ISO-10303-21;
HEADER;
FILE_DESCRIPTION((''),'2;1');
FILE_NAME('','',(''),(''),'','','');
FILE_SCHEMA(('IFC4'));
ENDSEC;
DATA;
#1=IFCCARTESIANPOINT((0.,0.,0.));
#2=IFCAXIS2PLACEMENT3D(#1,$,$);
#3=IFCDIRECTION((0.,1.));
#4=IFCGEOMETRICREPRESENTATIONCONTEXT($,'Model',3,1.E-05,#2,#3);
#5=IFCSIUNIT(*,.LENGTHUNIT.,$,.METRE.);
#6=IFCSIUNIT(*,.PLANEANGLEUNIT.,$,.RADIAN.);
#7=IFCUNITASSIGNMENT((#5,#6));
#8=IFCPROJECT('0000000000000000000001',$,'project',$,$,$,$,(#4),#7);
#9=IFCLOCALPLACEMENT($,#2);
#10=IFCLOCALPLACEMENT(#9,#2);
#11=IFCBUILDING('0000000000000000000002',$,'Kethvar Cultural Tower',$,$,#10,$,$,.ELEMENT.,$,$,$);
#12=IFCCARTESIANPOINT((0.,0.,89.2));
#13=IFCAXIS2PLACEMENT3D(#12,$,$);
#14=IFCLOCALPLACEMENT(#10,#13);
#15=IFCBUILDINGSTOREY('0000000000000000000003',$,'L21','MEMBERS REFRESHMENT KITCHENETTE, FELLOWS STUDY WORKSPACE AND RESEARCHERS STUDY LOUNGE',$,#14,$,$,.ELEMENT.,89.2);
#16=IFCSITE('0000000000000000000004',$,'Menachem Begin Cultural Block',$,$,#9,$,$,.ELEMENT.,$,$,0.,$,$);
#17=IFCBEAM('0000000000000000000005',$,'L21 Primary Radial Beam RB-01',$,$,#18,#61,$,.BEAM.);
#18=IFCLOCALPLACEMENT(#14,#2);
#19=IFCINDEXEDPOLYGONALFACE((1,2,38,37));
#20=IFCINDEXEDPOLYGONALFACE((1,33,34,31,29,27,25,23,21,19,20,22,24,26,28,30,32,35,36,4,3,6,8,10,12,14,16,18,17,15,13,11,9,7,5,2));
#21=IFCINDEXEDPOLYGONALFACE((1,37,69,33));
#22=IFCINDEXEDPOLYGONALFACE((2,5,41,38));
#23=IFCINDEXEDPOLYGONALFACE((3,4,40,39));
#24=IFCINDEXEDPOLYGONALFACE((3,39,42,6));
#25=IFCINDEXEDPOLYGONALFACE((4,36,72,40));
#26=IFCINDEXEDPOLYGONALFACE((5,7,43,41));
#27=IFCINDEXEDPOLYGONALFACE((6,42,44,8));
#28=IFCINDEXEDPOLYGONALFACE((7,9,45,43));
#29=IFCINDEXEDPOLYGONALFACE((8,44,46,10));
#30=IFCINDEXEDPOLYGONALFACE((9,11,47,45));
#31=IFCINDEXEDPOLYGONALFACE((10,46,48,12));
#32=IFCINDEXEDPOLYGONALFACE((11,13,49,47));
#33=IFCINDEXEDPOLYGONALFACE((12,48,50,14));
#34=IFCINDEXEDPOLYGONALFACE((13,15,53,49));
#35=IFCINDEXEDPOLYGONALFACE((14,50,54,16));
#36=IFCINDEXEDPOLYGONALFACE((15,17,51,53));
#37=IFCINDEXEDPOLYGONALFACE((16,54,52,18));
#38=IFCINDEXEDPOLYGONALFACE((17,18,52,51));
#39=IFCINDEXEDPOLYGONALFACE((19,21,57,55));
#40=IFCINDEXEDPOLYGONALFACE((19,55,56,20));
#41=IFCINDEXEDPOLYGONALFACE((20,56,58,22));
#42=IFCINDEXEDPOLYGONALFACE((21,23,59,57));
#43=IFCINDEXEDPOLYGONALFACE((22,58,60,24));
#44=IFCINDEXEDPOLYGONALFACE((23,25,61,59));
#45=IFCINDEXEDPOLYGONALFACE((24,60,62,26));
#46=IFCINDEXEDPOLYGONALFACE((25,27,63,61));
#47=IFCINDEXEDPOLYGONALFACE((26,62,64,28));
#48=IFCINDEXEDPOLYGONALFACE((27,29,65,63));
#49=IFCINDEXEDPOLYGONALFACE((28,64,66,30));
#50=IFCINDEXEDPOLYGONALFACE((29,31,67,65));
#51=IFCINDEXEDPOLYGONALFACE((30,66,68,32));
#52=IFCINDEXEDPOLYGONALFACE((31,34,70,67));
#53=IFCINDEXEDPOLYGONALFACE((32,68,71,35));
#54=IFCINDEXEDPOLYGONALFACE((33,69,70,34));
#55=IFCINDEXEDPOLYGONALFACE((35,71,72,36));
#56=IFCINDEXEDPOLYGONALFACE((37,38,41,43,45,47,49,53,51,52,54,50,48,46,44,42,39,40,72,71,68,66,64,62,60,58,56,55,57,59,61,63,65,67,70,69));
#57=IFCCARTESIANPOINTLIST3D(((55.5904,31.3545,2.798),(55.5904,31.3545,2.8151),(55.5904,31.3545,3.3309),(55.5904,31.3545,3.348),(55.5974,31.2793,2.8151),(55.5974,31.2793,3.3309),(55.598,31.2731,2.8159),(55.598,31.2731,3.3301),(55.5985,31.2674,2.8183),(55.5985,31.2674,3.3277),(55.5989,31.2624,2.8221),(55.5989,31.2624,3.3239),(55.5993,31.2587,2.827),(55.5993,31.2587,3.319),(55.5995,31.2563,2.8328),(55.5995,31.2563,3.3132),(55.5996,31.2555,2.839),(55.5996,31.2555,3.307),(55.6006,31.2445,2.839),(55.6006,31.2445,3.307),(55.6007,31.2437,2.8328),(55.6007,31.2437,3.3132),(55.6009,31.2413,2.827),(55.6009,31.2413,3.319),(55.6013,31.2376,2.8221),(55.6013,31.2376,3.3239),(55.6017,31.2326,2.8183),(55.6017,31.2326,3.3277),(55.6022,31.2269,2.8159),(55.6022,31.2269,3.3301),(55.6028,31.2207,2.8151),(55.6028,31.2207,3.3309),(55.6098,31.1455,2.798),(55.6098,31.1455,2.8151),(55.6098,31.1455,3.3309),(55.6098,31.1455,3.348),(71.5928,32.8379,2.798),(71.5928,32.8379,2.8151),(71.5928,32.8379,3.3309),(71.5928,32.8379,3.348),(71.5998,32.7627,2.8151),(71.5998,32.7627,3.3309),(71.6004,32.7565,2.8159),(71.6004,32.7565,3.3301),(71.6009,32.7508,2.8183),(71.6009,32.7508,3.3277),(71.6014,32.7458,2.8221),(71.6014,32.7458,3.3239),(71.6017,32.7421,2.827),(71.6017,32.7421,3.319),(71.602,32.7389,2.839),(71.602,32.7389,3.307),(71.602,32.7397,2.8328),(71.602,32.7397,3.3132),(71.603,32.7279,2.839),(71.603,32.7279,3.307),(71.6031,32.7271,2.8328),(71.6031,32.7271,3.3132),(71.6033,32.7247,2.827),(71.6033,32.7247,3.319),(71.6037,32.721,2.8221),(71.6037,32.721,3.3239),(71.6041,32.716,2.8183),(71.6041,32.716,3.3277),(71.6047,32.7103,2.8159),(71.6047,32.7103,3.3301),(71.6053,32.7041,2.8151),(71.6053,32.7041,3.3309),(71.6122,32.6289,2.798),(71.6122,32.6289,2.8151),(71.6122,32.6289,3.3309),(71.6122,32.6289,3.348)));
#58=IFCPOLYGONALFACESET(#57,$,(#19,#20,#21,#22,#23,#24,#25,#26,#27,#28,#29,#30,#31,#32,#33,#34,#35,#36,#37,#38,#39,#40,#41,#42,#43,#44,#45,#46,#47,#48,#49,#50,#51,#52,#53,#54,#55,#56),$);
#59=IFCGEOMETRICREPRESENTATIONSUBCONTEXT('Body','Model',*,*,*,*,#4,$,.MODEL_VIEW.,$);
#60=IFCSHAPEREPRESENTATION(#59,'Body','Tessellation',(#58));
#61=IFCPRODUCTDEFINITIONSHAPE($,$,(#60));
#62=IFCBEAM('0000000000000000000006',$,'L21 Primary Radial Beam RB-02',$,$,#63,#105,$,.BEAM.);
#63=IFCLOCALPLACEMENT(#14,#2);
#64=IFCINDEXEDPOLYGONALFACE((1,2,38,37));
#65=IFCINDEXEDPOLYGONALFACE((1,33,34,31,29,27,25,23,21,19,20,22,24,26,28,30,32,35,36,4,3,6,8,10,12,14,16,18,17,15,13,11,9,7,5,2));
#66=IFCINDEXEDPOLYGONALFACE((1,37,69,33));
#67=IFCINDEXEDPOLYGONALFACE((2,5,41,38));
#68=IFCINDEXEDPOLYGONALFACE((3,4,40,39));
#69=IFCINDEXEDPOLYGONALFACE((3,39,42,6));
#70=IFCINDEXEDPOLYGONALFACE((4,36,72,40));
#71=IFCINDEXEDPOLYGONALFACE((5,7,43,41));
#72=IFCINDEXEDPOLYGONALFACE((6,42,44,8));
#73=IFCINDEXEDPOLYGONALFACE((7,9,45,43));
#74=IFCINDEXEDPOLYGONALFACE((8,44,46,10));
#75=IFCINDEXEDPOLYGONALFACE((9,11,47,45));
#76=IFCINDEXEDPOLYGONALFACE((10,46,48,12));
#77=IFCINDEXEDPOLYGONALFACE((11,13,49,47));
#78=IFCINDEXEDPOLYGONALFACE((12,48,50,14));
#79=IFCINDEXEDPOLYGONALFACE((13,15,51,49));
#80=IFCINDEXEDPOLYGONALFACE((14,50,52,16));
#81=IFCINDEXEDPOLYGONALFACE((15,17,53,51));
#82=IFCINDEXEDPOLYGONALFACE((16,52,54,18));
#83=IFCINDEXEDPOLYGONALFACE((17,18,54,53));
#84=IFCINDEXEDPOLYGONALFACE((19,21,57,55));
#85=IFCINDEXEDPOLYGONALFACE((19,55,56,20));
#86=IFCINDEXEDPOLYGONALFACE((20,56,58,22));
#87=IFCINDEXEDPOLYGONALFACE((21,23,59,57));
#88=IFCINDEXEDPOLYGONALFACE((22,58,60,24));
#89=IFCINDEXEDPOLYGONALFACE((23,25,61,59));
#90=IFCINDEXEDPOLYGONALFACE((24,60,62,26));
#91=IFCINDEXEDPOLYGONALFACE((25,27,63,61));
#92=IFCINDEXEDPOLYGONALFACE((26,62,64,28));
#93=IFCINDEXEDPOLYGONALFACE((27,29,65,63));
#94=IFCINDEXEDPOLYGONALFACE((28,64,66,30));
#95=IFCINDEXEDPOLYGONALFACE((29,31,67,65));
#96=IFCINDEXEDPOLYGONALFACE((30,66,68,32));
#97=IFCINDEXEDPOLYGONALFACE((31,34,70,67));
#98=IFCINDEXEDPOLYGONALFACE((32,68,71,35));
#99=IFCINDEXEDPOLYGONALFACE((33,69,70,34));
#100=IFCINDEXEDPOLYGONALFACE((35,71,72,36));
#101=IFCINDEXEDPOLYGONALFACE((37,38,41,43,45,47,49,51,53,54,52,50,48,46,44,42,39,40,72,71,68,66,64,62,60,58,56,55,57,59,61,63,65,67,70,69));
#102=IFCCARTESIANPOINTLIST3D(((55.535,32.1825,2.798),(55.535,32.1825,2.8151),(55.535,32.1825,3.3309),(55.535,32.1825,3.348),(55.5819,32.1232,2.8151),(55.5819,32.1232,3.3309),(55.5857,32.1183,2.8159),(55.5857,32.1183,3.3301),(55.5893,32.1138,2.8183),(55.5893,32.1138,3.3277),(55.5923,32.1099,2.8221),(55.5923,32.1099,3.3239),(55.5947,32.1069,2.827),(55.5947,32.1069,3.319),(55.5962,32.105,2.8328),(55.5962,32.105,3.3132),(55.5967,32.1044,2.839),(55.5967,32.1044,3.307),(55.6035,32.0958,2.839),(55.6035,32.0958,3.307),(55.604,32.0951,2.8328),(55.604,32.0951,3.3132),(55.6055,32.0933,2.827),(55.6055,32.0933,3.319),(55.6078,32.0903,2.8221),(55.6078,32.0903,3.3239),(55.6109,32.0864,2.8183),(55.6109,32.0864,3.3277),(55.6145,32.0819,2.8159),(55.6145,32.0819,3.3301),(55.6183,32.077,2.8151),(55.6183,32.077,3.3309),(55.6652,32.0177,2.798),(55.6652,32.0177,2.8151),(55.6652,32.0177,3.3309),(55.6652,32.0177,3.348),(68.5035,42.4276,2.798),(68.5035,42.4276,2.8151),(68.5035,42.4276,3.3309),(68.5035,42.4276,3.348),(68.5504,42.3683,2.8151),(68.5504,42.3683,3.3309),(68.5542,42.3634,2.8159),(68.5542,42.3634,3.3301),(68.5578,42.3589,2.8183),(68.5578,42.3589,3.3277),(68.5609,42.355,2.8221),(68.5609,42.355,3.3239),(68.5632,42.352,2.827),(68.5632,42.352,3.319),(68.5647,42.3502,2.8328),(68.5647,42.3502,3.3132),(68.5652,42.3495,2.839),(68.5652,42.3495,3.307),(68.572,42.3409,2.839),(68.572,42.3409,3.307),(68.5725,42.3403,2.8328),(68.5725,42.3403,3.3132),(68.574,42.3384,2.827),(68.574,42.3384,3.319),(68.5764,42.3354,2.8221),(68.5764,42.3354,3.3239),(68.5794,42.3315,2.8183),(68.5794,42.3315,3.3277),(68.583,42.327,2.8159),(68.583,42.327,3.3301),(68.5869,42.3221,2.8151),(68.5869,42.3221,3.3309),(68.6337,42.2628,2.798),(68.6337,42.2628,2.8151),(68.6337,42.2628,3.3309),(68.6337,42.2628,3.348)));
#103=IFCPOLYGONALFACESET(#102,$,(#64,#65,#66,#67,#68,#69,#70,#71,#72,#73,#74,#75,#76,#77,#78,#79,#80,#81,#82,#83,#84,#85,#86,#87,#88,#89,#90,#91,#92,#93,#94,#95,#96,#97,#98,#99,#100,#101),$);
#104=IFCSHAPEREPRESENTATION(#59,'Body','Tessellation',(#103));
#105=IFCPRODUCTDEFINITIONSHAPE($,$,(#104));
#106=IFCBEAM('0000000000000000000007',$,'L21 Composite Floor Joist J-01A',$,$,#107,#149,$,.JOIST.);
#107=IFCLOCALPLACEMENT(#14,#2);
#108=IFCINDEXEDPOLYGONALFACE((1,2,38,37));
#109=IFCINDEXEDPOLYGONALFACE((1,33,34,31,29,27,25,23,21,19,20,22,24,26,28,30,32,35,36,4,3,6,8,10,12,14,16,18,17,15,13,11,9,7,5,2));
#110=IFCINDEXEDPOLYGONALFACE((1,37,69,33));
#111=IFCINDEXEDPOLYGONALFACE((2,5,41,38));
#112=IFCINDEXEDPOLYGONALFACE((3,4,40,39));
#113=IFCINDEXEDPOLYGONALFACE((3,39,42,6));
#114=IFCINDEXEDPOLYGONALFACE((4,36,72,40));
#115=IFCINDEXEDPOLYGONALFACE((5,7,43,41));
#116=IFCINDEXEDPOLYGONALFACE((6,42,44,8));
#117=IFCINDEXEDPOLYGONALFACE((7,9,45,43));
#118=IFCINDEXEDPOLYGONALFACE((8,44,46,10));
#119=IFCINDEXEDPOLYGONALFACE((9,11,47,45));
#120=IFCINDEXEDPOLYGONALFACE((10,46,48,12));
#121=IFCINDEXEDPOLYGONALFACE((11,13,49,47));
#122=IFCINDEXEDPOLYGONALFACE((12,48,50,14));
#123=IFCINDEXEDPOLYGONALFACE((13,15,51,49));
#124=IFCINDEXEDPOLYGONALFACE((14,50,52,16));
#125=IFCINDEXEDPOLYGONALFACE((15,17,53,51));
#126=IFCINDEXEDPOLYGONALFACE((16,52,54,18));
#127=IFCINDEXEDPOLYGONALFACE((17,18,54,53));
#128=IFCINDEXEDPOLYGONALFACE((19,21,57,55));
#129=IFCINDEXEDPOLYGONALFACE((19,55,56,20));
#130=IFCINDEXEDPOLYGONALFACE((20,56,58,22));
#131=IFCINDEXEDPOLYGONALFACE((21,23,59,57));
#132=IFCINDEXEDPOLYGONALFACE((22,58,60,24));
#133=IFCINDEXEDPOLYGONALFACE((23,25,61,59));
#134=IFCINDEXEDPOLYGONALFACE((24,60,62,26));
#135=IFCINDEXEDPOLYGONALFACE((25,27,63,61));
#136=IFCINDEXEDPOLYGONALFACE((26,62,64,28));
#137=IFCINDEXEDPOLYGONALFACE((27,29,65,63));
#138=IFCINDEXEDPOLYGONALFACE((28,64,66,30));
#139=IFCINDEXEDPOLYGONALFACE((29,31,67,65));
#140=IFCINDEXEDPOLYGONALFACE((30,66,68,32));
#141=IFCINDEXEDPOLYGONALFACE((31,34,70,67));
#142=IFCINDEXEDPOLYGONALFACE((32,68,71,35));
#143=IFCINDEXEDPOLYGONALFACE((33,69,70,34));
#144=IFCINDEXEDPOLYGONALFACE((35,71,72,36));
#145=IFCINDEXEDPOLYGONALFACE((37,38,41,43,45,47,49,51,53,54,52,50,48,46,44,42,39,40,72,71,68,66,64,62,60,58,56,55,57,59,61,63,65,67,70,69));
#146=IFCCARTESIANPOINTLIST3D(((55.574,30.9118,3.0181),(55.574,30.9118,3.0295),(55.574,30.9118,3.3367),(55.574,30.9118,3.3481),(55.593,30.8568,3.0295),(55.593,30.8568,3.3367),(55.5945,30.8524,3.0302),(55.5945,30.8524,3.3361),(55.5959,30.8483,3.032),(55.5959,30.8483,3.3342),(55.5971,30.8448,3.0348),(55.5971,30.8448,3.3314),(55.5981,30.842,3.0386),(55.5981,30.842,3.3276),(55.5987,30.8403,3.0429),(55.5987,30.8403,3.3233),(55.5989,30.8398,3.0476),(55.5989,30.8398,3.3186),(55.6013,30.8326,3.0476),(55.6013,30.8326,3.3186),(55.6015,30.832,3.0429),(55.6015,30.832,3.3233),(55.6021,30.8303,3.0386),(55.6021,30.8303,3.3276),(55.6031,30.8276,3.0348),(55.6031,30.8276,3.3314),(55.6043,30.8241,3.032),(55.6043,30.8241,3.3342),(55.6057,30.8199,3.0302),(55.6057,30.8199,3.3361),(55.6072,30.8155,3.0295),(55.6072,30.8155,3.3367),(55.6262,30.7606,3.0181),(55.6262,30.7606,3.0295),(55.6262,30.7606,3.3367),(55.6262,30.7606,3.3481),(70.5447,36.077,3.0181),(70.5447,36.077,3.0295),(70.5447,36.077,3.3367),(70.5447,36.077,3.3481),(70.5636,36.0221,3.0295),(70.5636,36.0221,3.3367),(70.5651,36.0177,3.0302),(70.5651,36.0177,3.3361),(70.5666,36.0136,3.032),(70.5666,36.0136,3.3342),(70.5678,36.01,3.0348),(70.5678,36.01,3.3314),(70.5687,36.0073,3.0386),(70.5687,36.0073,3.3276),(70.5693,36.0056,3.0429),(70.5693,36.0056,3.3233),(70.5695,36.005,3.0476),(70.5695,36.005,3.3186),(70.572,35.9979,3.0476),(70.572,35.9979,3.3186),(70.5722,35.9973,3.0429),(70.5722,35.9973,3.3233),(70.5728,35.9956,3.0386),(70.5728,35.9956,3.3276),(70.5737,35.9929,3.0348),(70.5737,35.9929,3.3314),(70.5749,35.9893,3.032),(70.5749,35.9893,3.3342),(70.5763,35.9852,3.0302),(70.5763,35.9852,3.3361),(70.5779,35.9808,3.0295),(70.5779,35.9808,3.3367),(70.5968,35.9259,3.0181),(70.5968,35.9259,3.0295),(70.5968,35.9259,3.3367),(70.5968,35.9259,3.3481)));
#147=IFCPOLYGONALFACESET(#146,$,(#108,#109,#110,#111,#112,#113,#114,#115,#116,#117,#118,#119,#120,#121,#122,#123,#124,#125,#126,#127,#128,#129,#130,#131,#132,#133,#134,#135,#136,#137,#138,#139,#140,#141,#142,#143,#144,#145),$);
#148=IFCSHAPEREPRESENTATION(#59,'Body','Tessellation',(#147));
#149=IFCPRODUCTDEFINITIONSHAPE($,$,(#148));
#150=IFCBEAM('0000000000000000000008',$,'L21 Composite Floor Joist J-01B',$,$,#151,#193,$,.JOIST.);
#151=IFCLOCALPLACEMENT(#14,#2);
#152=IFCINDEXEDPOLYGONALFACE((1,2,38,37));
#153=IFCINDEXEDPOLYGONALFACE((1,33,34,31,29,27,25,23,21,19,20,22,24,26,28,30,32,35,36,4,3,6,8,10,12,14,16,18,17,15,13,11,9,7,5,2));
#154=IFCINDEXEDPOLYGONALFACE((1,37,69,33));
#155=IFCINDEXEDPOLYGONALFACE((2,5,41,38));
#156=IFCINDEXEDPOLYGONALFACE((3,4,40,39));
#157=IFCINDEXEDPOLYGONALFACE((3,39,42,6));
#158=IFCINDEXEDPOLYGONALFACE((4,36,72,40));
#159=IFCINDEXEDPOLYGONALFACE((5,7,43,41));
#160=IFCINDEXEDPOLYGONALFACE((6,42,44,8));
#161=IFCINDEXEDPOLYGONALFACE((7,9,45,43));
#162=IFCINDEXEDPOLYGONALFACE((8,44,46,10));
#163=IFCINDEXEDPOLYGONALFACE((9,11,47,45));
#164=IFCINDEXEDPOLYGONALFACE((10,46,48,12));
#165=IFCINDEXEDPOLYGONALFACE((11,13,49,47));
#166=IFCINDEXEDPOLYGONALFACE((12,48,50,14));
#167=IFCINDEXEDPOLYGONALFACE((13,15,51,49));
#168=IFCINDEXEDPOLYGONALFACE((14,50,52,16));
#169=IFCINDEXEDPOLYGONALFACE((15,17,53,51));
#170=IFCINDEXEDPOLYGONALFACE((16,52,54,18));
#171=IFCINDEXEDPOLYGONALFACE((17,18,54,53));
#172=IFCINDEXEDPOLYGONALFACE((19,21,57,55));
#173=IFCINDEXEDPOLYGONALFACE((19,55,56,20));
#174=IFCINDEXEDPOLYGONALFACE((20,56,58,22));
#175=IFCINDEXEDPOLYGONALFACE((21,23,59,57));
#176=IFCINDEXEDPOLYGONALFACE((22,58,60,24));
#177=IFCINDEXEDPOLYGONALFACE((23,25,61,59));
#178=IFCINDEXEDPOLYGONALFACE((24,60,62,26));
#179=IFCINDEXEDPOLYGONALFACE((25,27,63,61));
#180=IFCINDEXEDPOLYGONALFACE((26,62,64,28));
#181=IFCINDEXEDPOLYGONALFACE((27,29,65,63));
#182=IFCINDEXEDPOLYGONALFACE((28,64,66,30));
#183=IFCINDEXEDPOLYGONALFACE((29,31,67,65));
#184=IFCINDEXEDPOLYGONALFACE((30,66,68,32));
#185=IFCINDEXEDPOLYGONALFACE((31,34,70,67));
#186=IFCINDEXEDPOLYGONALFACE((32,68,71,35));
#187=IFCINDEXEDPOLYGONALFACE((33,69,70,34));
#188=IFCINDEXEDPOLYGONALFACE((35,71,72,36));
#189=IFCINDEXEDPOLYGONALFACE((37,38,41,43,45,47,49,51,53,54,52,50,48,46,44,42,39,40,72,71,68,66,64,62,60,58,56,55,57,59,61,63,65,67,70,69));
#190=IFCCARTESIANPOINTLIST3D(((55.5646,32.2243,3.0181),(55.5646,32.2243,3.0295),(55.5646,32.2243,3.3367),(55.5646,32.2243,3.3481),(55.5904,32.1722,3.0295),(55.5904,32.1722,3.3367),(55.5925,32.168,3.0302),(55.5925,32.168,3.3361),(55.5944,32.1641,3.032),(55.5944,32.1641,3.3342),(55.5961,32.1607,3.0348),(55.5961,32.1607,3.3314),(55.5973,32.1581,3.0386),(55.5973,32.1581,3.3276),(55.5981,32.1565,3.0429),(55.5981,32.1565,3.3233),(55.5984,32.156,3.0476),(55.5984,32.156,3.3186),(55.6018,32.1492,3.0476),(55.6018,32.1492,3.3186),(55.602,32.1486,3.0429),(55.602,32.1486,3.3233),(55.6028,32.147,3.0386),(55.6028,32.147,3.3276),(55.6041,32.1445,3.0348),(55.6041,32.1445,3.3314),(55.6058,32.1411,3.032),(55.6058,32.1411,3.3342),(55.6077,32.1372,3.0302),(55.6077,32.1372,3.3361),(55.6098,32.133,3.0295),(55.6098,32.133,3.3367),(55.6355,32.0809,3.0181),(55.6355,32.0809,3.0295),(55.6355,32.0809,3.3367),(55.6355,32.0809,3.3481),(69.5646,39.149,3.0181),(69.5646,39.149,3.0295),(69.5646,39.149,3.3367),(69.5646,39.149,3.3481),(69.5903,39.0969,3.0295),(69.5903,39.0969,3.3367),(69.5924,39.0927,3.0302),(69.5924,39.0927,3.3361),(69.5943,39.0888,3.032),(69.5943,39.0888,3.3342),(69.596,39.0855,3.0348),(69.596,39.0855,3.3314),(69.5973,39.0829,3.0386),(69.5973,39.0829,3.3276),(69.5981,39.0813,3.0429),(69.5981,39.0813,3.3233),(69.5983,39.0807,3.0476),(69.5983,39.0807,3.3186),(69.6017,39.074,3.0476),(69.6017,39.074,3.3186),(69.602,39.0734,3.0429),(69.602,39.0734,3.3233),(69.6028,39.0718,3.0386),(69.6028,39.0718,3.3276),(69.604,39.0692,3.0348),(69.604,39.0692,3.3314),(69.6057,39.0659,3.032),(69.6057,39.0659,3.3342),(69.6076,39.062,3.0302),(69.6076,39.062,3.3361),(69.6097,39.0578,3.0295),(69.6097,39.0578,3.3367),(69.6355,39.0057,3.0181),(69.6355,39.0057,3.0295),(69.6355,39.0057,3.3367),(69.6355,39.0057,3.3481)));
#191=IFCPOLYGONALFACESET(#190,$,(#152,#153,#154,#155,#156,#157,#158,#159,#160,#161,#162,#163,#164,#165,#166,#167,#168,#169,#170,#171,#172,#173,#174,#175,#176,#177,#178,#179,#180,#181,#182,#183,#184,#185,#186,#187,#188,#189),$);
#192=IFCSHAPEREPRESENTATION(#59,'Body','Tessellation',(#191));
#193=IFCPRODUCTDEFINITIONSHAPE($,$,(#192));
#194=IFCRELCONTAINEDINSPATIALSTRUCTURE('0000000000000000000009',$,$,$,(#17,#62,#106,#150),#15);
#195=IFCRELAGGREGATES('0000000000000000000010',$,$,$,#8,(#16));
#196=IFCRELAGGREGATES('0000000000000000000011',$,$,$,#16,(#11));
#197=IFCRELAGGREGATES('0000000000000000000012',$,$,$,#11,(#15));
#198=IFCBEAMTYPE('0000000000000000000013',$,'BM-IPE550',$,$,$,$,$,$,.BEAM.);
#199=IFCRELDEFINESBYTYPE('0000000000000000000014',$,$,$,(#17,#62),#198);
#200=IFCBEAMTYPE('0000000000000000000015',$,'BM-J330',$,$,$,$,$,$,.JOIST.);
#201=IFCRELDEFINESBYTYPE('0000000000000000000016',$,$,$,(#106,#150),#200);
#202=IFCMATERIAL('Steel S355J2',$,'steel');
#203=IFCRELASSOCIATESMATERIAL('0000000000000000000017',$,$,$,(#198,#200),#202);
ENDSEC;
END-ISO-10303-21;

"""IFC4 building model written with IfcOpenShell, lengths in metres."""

from ifc_helpers import new_model, si_unit, direction, frame, origin, origin_2d, place, context, subcontext, project, spatial, i_section, extrude, source, transform, mapped, material, material_profile, profile_set, type_object, element, save


model = new_model("IFC4")

# Units and contexts
model_context = context("Model", 3, precision=1e-05, world=origin(), true_north=direction((0.0, 1.0)))
body_context = subcontext(model_context, "Body", "Model", "MODEL_VIEW")
ifc_project = project(units=[si_unit("LENGTHUNIT", "METRE"), si_unit("PLANEANGLEUNIT", "RADIAN")], contexts=[model_context])

# Site, building, storey
site_placement = place(None, origin())
site = spatial("IfcSite", under=ifc_project, at=site_placement, Name="Menachem Begin Cultural Block", CompositionType="ELEMENT", RefElevation=0.0)
building_placement = place(site_placement, origin())
building = spatial("IfcBuilding", under=site, at=building_placement, Name="Kethvar Cultural Tower", CompositionType="ELEMENT")
storey_placement = place(building_placement, frame((0.0, 0.0, 89.2)))
storey = spatial("IfcBuildingStorey", under=building, at=storey_placement, Name="L21", Description="MEMBERS REFRESHMENT KITCHENETTE, FELLOWS STUDY WORKSPACE AND RESEARCHERS STUDY LOUNGE", CompositionType="ELEMENT", Elevation=89.2)

# Beams
ifc_material_1 = material(Name="Steel S355J2", Category="steel")
ifc_material_profile_1 = material_profile(ifc_material_1, i_section(OverallWidth=0.21, OverallDepth=0.55, WebThickness=0.011, FlangeThickness=0.0171, FilletRadius=0.0239, at=origin_2d()), Name="Steel S355J2 — IPE550")
ifc_profile_set_1 = profile_set([ifc_material_profile_1], Name="Steel S355J2 — IPE550")
beam_type_1 = type_object("IfcBeamType", Name="BM-IPE550", PredefinedType="BEAM", material=ifc_profile_set_1)
shared_shape_1 = source(origin(), body_context, "Body", "SweptSolid", [
    extrude(i_section(OverallWidth=0.21, OverallDepth=0.55, WebThickness=0.011, FlangeThickness=0.0171, FilletRadius=0.0239, at=origin_2d()), origin(), (0.0, 0.0, 1.0), 16.071),
])
beam_1_placement = place(storey_placement, frame((55.6001, 31.25, 3.073), z_axis=(0.995731, 0.092303, 0.0), x_axis=(-0.092303, 0.995731, 0.0)))
element("IfcBeam", 1, at=beam_1_placement, inside=storey, type_object=beam_type_1, Name="L21 Primary Radial Beam RB-01", PredefinedType="BEAM", context=body_context, shape_type="MappedRepresentation", body=[
    mapped(shared_shape_1, transform((0.0, 0.0, 0.0), scale=1.0)),
])
shared_shape_2 = source(origin(), body_context, "Body", "SweptSolid", [
    extrude(i_section(OverallWidth=0.21, OverallDepth=0.55, WebThickness=0.011, FlangeThickness=0.0171, FilletRadius=0.0239, at=origin_2d()), origin(), (0.0, 0.0, 1.0), 16.5271),
])
beam_2_placement = place(storey_placement, frame((55.6001, 32.1001, 3.073), z_axis=(0.784682, 0.619899, 0.0), x_axis=(-0.619899, 0.784682, 0.0)))
element("IfcBeam", 2, at=beam_2_placement, inside=storey, type_object=beam_type_1, Name="L21 Primary Radial Beam RB-02", PredefinedType="BEAM", context=body_context, shape_type="MappedRepresentation", body=[
    mapped(shared_shape_2, transform((0.0, 0.0, 0.0), scale=1.0)),
])
ifc_material_profile_2 = material_profile(ifc_material_1, i_section(OverallWidth=0.1599, OverallDepth=0.3301, WebThickness=0.0076, FlangeThickness=0.0115, FilletRadius=0.0181, at=origin_2d()), Name="Steel S355J2 — IPE330")
ifc_profile_set_2 = profile_set([ifc_material_profile_2], Name="Steel S355J2 — IPE330")
beam_type_2 = type_object("IfcBeamType", Name="BM-J330", PredefinedType="JOIST", material=ifc_profile_set_2)
shared_shape_3 = source(origin(), body_context, "Body", "SweptSolid", [
    extrude(i_section(OverallWidth=0.1599, OverallDepth=0.3301, WebThickness=0.0076, FlangeThickness=0.0115, FilletRadius=0.0181, at=origin_2d()), origin(), (0.0, 0.0, 1.0), 15.8367),
])
beam_3_placement = place(storey_placement, frame((55.6001, 30.8362, 3.1831), z_axis=(0.945315, 0.326158, 0.0), x_axis=(-0.326158, 0.945315, 0.0)))
element("IfcBeam", 3, at=beam_3_placement, inside=storey, type_object=beam_type_2, Name="L21 Composite Floor Joist J-01A", PredefinedType="JOIST", context=body_context, shape_type="MappedRepresentation", body=[
    mapped(shared_shape_3, transform((0.0, 0.0, 0.0), scale=1.0)),
])
shared_shape_4 = source(origin(), body_context, "Body", "SweptSolid", [
    extrude(i_section(OverallWidth=0.1599, OverallDepth=0.3301, WebThickness=0.0076, FlangeThickness=0.0115, FilletRadius=0.0181, at=origin_2d()), origin(), (0.0, 0.0, 1.0), 15.6189),
])
beam_4_placement = place(storey_placement, frame((55.6001, 32.1526, 3.1831), z_axis=(0.896345, 0.443358, 0.0), x_axis=(-0.443358, 0.896345, 0.0)))
element("IfcBeam", 4, at=beam_4_placement, inside=storey, type_object=beam_type_2, Name="L21 Composite Floor Joist J-01B", PredefinedType="JOIST", context=body_context, shape_type="MappedRepresentation", body=[
    mapped(shared_shape_4, transform((0.0, 0.0, 0.0), scale=1.0)),
])

save(model, "model.ifc")
